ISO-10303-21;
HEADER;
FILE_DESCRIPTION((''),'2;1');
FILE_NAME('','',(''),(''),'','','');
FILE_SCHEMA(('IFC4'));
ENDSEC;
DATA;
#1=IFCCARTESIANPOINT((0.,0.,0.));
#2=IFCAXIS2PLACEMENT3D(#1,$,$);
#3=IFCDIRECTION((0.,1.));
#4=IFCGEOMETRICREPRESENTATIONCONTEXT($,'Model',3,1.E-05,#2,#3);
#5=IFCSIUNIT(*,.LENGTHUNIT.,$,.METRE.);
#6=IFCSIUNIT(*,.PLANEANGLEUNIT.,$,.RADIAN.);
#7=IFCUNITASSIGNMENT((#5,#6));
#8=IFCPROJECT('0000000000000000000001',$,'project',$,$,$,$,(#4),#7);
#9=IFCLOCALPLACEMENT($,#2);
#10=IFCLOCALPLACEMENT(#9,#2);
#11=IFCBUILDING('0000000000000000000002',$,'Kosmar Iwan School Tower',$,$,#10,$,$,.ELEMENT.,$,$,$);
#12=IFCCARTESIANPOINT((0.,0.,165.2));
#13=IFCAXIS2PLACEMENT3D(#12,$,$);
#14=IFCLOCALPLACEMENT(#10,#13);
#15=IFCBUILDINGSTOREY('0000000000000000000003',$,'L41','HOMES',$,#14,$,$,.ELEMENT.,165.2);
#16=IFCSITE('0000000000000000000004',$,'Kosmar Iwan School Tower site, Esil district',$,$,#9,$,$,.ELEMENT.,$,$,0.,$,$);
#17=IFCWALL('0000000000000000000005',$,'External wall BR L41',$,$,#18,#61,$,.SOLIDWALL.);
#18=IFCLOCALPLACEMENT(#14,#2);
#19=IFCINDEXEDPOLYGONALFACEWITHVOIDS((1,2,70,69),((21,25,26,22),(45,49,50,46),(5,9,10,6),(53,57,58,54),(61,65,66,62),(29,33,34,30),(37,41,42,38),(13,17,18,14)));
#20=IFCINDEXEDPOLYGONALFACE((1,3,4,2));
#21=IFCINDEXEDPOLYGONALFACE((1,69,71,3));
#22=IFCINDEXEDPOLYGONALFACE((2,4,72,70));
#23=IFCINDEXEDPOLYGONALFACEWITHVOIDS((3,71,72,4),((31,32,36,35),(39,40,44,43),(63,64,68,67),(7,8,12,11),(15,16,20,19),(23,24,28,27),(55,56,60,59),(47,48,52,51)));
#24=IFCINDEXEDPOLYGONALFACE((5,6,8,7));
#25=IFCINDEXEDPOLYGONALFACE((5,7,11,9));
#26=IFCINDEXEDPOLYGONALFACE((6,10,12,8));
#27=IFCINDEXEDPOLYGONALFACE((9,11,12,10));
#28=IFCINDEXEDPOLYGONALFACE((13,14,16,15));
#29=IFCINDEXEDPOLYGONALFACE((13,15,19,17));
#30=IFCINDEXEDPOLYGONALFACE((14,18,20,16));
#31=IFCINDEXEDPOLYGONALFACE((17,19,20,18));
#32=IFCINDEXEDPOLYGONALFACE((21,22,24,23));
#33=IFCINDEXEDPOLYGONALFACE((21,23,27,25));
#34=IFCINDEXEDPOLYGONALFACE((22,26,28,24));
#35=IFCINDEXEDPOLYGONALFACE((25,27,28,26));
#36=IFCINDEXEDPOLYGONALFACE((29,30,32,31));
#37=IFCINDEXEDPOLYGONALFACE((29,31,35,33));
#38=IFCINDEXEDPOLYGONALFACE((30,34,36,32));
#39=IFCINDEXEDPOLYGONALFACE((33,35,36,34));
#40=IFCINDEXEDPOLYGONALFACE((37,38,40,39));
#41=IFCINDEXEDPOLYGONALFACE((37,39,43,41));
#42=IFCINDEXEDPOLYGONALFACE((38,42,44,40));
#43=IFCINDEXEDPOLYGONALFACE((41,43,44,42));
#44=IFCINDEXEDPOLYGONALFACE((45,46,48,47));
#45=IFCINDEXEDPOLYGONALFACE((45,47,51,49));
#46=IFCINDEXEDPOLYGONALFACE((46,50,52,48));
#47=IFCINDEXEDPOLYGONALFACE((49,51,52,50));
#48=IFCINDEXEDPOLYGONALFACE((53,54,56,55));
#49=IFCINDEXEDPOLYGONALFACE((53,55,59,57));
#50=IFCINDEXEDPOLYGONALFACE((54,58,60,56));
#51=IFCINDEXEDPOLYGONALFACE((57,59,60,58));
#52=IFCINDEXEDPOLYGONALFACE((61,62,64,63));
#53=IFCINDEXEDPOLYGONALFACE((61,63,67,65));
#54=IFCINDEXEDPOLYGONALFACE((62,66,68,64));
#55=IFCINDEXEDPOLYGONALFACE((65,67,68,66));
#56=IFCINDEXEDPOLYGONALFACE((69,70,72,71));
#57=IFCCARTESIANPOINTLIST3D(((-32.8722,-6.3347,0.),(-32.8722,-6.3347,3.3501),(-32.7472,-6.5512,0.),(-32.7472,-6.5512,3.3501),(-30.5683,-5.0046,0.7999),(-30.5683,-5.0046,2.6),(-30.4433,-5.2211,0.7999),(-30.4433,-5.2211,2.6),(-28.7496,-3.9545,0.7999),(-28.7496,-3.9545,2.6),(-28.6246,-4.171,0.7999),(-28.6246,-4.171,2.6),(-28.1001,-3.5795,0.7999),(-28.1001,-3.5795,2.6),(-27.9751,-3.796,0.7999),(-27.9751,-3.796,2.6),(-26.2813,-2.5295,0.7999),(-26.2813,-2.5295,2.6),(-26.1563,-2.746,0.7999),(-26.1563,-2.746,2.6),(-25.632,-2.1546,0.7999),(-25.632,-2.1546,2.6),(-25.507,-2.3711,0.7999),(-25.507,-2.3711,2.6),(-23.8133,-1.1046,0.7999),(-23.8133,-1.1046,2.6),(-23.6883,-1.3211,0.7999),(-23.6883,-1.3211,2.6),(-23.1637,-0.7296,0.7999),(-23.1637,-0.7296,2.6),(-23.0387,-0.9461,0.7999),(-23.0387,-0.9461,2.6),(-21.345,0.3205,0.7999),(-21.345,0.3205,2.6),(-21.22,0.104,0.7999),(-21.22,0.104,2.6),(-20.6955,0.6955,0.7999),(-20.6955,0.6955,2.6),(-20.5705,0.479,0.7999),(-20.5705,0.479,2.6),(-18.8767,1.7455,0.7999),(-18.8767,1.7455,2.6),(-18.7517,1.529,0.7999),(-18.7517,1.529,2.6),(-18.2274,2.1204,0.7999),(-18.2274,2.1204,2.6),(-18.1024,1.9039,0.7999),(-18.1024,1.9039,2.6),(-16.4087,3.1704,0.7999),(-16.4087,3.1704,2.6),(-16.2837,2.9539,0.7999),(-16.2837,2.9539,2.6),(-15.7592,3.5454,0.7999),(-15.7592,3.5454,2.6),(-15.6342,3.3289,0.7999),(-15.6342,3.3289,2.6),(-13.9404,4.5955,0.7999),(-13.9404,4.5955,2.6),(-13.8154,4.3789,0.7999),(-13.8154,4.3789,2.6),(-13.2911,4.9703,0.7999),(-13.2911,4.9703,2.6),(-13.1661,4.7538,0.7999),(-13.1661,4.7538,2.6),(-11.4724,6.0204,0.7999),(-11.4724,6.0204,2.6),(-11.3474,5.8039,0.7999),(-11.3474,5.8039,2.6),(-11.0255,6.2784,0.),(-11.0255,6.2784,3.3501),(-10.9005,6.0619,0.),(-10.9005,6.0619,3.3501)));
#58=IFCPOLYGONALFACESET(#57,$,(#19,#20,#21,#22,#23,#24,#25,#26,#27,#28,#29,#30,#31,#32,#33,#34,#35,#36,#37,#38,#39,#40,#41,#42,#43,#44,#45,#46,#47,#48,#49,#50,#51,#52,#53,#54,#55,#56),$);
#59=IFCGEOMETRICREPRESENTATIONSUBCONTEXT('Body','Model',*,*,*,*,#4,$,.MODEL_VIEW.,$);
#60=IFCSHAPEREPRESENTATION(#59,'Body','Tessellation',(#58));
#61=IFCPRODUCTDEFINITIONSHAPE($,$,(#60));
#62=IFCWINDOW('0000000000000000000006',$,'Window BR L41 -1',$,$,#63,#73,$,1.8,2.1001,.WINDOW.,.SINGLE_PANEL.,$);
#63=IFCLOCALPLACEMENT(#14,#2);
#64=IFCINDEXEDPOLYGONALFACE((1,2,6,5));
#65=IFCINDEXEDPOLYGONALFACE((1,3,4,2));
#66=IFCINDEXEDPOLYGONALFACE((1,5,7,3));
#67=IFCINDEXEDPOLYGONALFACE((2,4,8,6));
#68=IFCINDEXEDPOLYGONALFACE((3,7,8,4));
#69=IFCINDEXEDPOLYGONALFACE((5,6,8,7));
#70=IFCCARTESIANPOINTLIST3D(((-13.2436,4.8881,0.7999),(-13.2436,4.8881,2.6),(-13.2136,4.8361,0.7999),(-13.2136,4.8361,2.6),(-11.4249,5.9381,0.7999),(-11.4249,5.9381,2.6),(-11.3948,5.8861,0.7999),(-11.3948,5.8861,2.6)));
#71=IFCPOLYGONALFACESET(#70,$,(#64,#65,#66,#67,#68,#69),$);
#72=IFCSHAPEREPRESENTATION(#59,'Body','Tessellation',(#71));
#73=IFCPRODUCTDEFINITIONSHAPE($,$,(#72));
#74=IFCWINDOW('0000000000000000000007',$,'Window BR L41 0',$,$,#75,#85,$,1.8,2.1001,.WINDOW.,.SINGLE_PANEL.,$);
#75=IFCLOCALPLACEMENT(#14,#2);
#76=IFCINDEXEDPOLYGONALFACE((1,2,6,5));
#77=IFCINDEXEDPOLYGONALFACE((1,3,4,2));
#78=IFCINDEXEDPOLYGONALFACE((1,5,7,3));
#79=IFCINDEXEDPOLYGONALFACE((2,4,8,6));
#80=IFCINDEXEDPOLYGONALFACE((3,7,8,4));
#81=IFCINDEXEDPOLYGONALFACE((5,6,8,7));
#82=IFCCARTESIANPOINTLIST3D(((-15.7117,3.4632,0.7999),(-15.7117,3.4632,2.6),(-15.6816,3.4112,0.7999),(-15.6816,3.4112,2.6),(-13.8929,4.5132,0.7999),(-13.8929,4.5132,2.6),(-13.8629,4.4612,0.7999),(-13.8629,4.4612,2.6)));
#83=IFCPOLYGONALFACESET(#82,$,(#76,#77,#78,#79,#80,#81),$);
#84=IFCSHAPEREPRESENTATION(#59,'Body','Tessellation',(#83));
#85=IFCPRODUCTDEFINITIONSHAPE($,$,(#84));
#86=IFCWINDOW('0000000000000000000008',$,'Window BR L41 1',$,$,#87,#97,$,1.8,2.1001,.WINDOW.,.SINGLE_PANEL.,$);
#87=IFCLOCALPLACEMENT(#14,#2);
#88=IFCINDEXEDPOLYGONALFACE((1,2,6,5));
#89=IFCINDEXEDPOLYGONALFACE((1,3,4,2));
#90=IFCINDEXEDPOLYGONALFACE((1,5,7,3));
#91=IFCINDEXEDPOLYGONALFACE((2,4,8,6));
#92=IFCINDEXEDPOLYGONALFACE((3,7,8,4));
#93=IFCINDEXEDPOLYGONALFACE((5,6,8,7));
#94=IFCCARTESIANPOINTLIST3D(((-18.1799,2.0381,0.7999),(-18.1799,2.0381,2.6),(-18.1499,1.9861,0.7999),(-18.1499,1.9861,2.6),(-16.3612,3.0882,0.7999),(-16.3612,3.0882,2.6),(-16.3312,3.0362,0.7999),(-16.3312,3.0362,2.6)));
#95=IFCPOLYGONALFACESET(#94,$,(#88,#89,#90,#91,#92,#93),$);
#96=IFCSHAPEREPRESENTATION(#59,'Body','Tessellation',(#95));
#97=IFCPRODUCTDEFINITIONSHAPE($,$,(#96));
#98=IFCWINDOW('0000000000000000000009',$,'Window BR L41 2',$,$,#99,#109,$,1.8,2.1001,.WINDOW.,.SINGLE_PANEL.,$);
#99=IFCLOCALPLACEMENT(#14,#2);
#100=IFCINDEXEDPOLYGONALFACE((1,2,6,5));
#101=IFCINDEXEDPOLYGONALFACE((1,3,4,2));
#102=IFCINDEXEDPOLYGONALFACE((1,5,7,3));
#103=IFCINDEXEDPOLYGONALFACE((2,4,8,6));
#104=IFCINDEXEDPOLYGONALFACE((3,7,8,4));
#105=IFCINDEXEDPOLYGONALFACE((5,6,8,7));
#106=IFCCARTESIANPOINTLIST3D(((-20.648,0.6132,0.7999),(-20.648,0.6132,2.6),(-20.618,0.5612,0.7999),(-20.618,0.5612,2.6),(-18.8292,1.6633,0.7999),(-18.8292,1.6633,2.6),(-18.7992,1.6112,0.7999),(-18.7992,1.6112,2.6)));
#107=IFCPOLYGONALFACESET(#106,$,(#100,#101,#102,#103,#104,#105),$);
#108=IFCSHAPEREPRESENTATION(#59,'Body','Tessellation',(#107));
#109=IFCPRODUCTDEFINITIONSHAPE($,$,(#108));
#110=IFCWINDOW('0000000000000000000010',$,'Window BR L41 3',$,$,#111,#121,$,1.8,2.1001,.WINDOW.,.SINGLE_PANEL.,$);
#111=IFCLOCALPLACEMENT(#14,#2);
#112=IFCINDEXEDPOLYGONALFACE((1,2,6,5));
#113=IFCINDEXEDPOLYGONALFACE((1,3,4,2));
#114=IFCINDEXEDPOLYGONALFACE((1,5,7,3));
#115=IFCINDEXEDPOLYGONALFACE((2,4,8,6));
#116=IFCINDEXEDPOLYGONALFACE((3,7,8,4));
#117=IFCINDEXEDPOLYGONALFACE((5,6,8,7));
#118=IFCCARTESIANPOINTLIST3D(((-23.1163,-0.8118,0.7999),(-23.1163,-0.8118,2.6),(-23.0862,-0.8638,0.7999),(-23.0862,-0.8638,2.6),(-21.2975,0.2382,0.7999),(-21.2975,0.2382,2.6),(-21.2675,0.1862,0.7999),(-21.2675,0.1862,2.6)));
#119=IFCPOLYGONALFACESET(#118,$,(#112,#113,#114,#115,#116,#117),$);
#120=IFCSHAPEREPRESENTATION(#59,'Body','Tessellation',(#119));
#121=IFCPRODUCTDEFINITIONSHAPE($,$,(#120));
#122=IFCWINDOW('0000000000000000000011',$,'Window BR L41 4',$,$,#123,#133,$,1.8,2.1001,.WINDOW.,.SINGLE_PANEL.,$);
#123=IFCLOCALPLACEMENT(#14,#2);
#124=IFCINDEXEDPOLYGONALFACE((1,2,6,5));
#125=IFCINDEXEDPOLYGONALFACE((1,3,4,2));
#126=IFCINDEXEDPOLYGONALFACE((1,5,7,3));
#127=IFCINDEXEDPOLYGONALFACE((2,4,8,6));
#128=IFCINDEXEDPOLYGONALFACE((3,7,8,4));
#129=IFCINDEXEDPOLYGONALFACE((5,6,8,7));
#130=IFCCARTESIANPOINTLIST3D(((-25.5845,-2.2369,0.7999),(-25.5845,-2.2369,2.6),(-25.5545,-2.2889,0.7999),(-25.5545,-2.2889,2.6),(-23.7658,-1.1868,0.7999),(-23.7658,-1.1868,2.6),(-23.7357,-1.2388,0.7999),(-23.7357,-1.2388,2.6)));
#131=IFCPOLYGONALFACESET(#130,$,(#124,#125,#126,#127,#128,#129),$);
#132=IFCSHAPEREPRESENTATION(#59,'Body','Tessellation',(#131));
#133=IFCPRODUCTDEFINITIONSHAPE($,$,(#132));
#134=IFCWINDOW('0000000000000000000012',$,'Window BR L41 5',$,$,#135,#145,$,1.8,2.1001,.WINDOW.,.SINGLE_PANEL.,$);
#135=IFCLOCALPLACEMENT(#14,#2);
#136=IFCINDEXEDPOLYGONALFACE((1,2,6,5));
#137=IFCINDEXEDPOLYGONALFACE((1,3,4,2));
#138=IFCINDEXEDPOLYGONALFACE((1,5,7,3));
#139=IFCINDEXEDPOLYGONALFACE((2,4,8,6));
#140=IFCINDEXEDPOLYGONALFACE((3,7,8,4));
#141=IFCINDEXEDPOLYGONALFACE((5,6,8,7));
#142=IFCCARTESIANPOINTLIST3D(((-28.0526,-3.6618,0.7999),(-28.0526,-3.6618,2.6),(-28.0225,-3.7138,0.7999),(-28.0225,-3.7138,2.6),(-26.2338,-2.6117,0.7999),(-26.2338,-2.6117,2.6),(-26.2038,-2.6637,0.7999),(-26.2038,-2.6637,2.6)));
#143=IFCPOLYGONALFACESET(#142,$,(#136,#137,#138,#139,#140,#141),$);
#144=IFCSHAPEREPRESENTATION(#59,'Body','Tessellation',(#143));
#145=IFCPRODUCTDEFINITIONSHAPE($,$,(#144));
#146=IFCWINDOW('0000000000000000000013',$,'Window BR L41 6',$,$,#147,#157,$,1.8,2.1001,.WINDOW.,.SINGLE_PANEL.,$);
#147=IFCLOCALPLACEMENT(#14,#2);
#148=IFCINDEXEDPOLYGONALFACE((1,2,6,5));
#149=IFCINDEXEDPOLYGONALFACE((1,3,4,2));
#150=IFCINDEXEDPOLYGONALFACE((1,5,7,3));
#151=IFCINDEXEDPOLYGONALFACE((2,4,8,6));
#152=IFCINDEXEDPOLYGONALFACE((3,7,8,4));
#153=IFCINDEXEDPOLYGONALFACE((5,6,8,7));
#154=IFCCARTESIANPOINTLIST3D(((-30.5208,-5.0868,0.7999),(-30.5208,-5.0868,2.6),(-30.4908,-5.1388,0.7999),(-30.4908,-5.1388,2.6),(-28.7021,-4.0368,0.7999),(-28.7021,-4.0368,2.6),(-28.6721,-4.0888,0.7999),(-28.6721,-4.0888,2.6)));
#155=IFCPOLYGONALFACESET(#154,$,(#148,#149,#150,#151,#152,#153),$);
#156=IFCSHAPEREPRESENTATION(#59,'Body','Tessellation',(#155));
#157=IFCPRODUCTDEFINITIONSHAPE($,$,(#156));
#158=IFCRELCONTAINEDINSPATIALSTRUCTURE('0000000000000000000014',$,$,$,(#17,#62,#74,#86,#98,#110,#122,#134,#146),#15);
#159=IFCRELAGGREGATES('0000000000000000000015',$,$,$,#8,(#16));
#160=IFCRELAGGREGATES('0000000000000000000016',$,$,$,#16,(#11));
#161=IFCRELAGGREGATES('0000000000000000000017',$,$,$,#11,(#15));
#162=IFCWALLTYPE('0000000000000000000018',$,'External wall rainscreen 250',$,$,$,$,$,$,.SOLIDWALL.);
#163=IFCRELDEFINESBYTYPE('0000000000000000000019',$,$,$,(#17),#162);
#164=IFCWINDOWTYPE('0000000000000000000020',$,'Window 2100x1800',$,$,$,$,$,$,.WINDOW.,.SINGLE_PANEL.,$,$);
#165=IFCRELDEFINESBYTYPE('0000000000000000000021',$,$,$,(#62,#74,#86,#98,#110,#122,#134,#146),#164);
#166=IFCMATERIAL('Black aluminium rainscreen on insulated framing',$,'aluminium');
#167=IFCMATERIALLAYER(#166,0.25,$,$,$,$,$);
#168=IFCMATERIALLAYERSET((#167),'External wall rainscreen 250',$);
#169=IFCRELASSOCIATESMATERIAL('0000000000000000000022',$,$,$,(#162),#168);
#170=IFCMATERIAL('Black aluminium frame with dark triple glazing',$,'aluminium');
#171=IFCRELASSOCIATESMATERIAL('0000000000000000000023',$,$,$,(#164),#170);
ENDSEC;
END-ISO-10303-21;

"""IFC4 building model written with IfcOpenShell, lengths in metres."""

from ifc_helpers import new_model, si_unit, direction, frame, frame_2d, origin, place, context, subcontext, project, spatial, rectangle, extrude, material, layer, layer_set, type_object, element, fill, save


model = new_model("IFC4")

# Units and contexts
model_context = context("Model", 3, precision=1e-05, world=origin(), true_north=direction((0.0, 1.0)))
body_context = subcontext(model_context, "Body", "Model", "MODEL_VIEW")
ifc_project = project(units=[si_unit("LENGTHUNIT", "METRE"), si_unit("PLANEANGLEUNIT", "RADIAN")], contexts=[model_context])

# Site, building, storey
site_placement = place(None, origin())
site = spatial("IfcSite", under=ifc_project, at=site_placement, Name="Kosmar Iwan School Tower site, Esil district", CompositionType="ELEMENT", RefElevation=0.0)
building_placement = place(site_placement, origin())
building = spatial("IfcBuilding", under=site, at=building_placement, Name="Kosmar Iwan School Tower", CompositionType="ELEMENT")
storey_placement = place(building_placement, frame((0.0, 0.0, 165.2)))
storey = spatial("IfcBuildingStorey", under=building, at=storey_placement, Name="L41", Description="HOMES", CompositionType="ELEMENT", Elevation=165.2)

# Wall, openings, windows
ifc_material_1 = material(Name="Black aluminium rainscreen on insulated framing", Category="aluminium")
ifc_layer = layer(ifc_material_1, 0.25)
ifc_layer_set = layer_set([ifc_layer], Name="External wall rainscreen 250")
wall_type = type_object("IfcWallType", Name="External wall rainscreen 250", PredefinedType="SOLIDWALL", material=ifc_layer_set)
ifc_material_2 = material(Name="Black aluminium frame with dark triple glazing", Category="aluminium")
window_type = type_object("IfcWindowType", Name="Window 2100x1800", PartitioningType="SINGLE_PANEL", PredefinedType="WINDOW", material=ifc_material_2)
wall_1_placement = place(storey_placement, frame((-10.9629, 6.1702, 0.0), z_axis=(0.0, 0.0, 1.0), x_axis=(-0.866028, -0.499996, 0.0)))
wall_1 = element("IfcWall", 1, at=wall_1_placement, inside=storey, type_object=wall_type, Name="External wall BR L41", PredefinedType="SOLIDWALL", context=body_context, shape_type="SweptSolid", body=[
    extrude(rectangle(XDim=25.2263, YDim=0.25, at=frame_2d((12.6133, 0.0))), origin(), (0.0, 0.0, 1.0), 3.3501),
])
opening_1_placement = place(wall_1_placement, frame((0.5161, 0.0, 0.8)))
opening_1 = element("IfcOpeningElement", 2, at=opening_1_placement, cuts=wall_1, PredefinedType="OPENING", context=body_context, shape_type="SweptSolid", body=[
    extrude(rectangle(XDim=2.1001, YDim=1.8, at=frame_2d((1.05, 0.8999))), frame((0.0, 0.137, 0.0), z_axis=(0.0, -1.0, 0.0), x_axis=(1.0, 0.0, 0.0)), (0.0, 0.0, 1.0), 0.2739),
])
opening_2_placement = place(wall_1_placement, frame((3.366, 0.0, 0.8)))
opening_2 = element("IfcOpeningElement", 3, at=opening_2_placement, cuts=wall_1, PredefinedType="OPENING", context=body_context, shape_type="SweptSolid", body=[
    extrude(rectangle(XDim=2.1001, YDim=1.8, at=frame_2d((1.05, 0.8999))), frame((0.0, 0.137, 0.0), z_axis=(0.0, -1.0, 0.0), x_axis=(1.0, 0.0, 0.0)), (0.0, 0.0, 1.0), 0.2739),
])
opening_3_placement = place(wall_1_placement, frame((6.2161, 0.0, 0.8)))
opening_3 = element("IfcOpeningElement", 4, at=opening_3_placement, cuts=wall_1, PredefinedType="OPENING", context=body_context, shape_type="SweptSolid", body=[
    extrude(rectangle(XDim=2.1001, YDim=1.8, at=frame_2d((1.05, 0.8999))), frame((0.0, 0.137, 0.0), z_axis=(0.0, -1.0, 0.0), x_axis=(1.0, 0.0, 0.0)), (0.0, 0.0, 1.0), 0.2739),
])
opening_4_placement = place(wall_1_placement, frame((9.0659, 0.0, 0.8)))
opening_4 = element("IfcOpeningElement", 5, at=opening_4_placement, cuts=wall_1, PredefinedType="OPENING", context=body_context, shape_type="SweptSolid", body=[
    extrude(rectangle(XDim=2.1001, YDim=1.8, at=frame_2d((1.05, 0.8999))), frame((0.0, 0.137, 0.0), z_axis=(0.0, -1.0, 0.0), x_axis=(1.0, 0.0, 0.0)), (0.0, 0.0, 1.0), 0.2739),
])
opening_5_placement = place(wall_1_placement, frame((11.916, 0.0, 0.8)))
opening_5 = element("IfcOpeningElement", 6, at=opening_5_placement, cuts=wall_1, PredefinedType="OPENING", context=body_context, shape_type="SweptSolid", body=[
    extrude(rectangle(XDim=2.1001, YDim=1.8, at=frame_2d((1.05, 0.8999))), frame((0.0, 0.137, 0.0), z_axis=(0.0, -1.0, 0.0), x_axis=(1.0, 0.0, 0.0)), (0.0, 0.0, 1.0), 0.2739),
])
opening_6_placement = place(wall_1_placement, frame((14.7661, 0.0, 0.8)))
opening_6 = element("IfcOpeningElement", 7, at=opening_6_placement, cuts=wall_1, PredefinedType="OPENING", context=body_context, shape_type="SweptSolid", body=[
    extrude(rectangle(XDim=2.1001, YDim=1.8, at=frame_2d((1.05, 0.8999))), frame((0.0, 0.137, 0.0), z_axis=(0.0, -1.0, 0.0), x_axis=(1.0, 0.0, 0.0)), (0.0, 0.0, 1.0), 0.2739),
])
opening_7_placement = place(wall_1_placement, frame((17.616, 0.0, 0.8)))
opening_7 = element("IfcOpeningElement", 8, at=opening_7_placement, cuts=wall_1, PredefinedType="OPENING", context=body_context, shape_type="SweptSolid", body=[
    extrude(rectangle(XDim=2.1001, YDim=1.8, at=frame_2d((1.05, 0.8999))), frame((0.0, 0.137, 0.0), z_axis=(0.0, -1.0, 0.0), x_axis=(1.0, 0.0, 0.0)), (0.0, 0.0, 1.0), 0.2739),
])
opening_8_placement = place(wall_1_placement, frame((20.4661, 0.0, 0.8)))
opening_8 = element("IfcOpeningElement", 9, at=opening_8_placement, cuts=wall_1, PredefinedType="OPENING", context=body_context, shape_type="SweptSolid", body=[
    extrude(rectangle(XDim=2.1001, YDim=1.8, at=frame_2d((1.05, 0.8999))), frame((0.0, 0.137, 0.0), z_axis=(0.0, -1.0, 0.0), x_axis=(1.0, 0.0, 0.0)), (0.0, 0.0, 1.0), 0.2739),
])
window_1_placement = place(opening_1_placement, origin())
window_1 = element("IfcWindow", 10, at=window_1_placement, inside=storey, type_object=window_type, Name="Window BR L41 -1", OverallHeight=1.8, OverallWidth=2.1001, PartitioningType="SINGLE_PANEL", PredefinedType="WINDOW", context=body_context, shape_type="SweptSolid", body=[
    extrude(rectangle(XDim=2.1001, YDim=1.8, at=frame_2d((1.05, 0.8999))), frame((0.0, 0.03, 0.0), z_axis=(0.0, -1.0, 0.0), x_axis=(1.0, 0.0, 0.0)), (0.0, 0.0, 1.0), 0.0601),
])
fill(opening_1, window_1)
window_2_placement = place(opening_2_placement, origin())
window_2 = element("IfcWindow", 11, at=window_2_placement, inside=storey, type_object=window_type, Name="Window BR L41 0", OverallHeight=1.8, OverallWidth=2.1001, PartitioningType="SINGLE_PANEL", PredefinedType="WINDOW", context=body_context, shape_type="SweptSolid", body=[
    extrude(rectangle(XDim=2.1001, YDim=1.8, at=frame_2d((1.05, 0.8999))), frame((0.0, 0.03, 0.0), z_axis=(0.0, -1.0, 0.0), x_axis=(1.0, 0.0, 0.0)), (0.0, 0.0, 1.0), 0.0601),
])
fill(opening_2, window_2)
window_3_placement = place(opening_3_placement, origin())
window_3 = element("IfcWindow", 12, at=window_3_placement, inside=storey, type_object=window_type, Name="Window BR L41 1", OverallHeight=1.8, OverallWidth=2.1001, PartitioningType="SINGLE_PANEL", PredefinedType="WINDOW", context=body_context, shape_type="SweptSolid", body=[
    extrude(rectangle(XDim=2.1001, YDim=1.8, at=frame_2d((1.05, 0.8999))), frame((0.0, 0.03, 0.0), z_axis=(0.0, -1.0, 0.0), x_axis=(1.0, 0.0, 0.0)), (0.0, 0.0, 1.0), 0.0601),
])
fill(opening_3, window_3)
window_4_placement = place(opening_4_placement, origin())
window_4 = element("IfcWindow", 13, at=window_4_placement, inside=storey, type_object=window_type, Name="Window BR L41 2", OverallHeight=1.8, OverallWidth=2.1001, PartitioningType="SINGLE_PANEL", PredefinedType="WINDOW", context=body_context, shape_type="SweptSolid", body=[
    extrude(rectangle(XDim=2.1001, YDim=1.8, at=frame_2d((1.05, 0.8999))), frame((0.0, 0.03, 0.0), z_axis=(0.0, -1.0, 0.0), x_axis=(1.0, 0.0, 0.0)), (0.0, 0.0, 1.0), 0.0601),
])
fill(opening_4, window_4)
window_5_placement = place(opening_5_placement, origin())
window_5 = element("IfcWindow", 14, at=window_5_placement, inside=storey, type_object=window_type, Name="Window BR L41 3", OverallHeight=1.8, OverallWidth=2.1001, PartitioningType="SINGLE_PANEL", PredefinedType="WINDOW", context=body_context, shape_type="SweptSolid", body=[
    extrude(rectangle(XDim=2.1001, YDim=1.8, at=frame_2d((1.05, 0.8999))), frame((0.0, 0.03, 0.0), z_axis=(0.0, -1.0, 0.0), x_axis=(1.0, 0.0, 0.0)), (0.0, 0.0, 1.0), 0.0601),
])
fill(opening_5, window_5)
window_6_placement = place(opening_6_placement, origin())
window_6 = element("IfcWindow", 15, at=window_6_placement, inside=storey, type_object=window_type, Name="Window BR L41 4", OverallHeight=1.8, OverallWidth=2.1001, PartitioningType="SINGLE_PANEL", PredefinedType="WINDOW", context=body_context, shape_type="SweptSolid", body=[
    extrude(rectangle(XDim=2.1001, YDim=1.8, at=frame_2d((1.05, 0.8999))), frame((0.0, 0.03, 0.0), z_axis=(0.0, -1.0, 0.0), x_axis=(1.0, 0.0, 0.0)), (0.0, 0.0, 1.0), 0.0601),
])
fill(opening_6, window_6)
window_7_placement = place(opening_7_placement, origin())
window_7 = element("IfcWindow", 16, at=window_7_placement, inside=storey, type_object=window_type, Name="Window BR L41 5", OverallHeight=1.8, OverallWidth=2.1001, PartitioningType="SINGLE_PANEL", PredefinedType="WINDOW", context=body_context, shape_type="SweptSolid", body=[
    extrude(rectangle(XDim=2.1001, YDim=1.8, at=frame_2d((1.05, 0.8999))), frame((0.0, 0.03, 0.0), z_axis=(0.0, -1.0, 0.0), x_axis=(1.0, 0.0, 0.0)), (0.0, 0.0, 1.0), 0.0601),
])
fill(opening_7, window_7)
window_8_placement = place(opening_8_placement, origin())
window_8 = element("IfcWindow", 17, at=window_8_placement, inside=storey, type_object=window_type, Name="Window BR L41 6", OverallHeight=1.8, OverallWidth=2.1001, PartitioningType="SINGLE_PANEL", PredefinedType="WINDOW", context=body_context, shape_type="SweptSolid", body=[
    extrude(rectangle(XDim=2.1001, YDim=1.8, at=frame_2d((1.05, 0.8999))), frame((0.0, 0.03, 0.0), z_axis=(0.0, -1.0, 0.0), x_axis=(1.0, 0.0, 0.0)), (0.0, 0.0, 1.0), 0.0601),
])
fill(opening_8, window_8)

save(model, "model.ifc")
